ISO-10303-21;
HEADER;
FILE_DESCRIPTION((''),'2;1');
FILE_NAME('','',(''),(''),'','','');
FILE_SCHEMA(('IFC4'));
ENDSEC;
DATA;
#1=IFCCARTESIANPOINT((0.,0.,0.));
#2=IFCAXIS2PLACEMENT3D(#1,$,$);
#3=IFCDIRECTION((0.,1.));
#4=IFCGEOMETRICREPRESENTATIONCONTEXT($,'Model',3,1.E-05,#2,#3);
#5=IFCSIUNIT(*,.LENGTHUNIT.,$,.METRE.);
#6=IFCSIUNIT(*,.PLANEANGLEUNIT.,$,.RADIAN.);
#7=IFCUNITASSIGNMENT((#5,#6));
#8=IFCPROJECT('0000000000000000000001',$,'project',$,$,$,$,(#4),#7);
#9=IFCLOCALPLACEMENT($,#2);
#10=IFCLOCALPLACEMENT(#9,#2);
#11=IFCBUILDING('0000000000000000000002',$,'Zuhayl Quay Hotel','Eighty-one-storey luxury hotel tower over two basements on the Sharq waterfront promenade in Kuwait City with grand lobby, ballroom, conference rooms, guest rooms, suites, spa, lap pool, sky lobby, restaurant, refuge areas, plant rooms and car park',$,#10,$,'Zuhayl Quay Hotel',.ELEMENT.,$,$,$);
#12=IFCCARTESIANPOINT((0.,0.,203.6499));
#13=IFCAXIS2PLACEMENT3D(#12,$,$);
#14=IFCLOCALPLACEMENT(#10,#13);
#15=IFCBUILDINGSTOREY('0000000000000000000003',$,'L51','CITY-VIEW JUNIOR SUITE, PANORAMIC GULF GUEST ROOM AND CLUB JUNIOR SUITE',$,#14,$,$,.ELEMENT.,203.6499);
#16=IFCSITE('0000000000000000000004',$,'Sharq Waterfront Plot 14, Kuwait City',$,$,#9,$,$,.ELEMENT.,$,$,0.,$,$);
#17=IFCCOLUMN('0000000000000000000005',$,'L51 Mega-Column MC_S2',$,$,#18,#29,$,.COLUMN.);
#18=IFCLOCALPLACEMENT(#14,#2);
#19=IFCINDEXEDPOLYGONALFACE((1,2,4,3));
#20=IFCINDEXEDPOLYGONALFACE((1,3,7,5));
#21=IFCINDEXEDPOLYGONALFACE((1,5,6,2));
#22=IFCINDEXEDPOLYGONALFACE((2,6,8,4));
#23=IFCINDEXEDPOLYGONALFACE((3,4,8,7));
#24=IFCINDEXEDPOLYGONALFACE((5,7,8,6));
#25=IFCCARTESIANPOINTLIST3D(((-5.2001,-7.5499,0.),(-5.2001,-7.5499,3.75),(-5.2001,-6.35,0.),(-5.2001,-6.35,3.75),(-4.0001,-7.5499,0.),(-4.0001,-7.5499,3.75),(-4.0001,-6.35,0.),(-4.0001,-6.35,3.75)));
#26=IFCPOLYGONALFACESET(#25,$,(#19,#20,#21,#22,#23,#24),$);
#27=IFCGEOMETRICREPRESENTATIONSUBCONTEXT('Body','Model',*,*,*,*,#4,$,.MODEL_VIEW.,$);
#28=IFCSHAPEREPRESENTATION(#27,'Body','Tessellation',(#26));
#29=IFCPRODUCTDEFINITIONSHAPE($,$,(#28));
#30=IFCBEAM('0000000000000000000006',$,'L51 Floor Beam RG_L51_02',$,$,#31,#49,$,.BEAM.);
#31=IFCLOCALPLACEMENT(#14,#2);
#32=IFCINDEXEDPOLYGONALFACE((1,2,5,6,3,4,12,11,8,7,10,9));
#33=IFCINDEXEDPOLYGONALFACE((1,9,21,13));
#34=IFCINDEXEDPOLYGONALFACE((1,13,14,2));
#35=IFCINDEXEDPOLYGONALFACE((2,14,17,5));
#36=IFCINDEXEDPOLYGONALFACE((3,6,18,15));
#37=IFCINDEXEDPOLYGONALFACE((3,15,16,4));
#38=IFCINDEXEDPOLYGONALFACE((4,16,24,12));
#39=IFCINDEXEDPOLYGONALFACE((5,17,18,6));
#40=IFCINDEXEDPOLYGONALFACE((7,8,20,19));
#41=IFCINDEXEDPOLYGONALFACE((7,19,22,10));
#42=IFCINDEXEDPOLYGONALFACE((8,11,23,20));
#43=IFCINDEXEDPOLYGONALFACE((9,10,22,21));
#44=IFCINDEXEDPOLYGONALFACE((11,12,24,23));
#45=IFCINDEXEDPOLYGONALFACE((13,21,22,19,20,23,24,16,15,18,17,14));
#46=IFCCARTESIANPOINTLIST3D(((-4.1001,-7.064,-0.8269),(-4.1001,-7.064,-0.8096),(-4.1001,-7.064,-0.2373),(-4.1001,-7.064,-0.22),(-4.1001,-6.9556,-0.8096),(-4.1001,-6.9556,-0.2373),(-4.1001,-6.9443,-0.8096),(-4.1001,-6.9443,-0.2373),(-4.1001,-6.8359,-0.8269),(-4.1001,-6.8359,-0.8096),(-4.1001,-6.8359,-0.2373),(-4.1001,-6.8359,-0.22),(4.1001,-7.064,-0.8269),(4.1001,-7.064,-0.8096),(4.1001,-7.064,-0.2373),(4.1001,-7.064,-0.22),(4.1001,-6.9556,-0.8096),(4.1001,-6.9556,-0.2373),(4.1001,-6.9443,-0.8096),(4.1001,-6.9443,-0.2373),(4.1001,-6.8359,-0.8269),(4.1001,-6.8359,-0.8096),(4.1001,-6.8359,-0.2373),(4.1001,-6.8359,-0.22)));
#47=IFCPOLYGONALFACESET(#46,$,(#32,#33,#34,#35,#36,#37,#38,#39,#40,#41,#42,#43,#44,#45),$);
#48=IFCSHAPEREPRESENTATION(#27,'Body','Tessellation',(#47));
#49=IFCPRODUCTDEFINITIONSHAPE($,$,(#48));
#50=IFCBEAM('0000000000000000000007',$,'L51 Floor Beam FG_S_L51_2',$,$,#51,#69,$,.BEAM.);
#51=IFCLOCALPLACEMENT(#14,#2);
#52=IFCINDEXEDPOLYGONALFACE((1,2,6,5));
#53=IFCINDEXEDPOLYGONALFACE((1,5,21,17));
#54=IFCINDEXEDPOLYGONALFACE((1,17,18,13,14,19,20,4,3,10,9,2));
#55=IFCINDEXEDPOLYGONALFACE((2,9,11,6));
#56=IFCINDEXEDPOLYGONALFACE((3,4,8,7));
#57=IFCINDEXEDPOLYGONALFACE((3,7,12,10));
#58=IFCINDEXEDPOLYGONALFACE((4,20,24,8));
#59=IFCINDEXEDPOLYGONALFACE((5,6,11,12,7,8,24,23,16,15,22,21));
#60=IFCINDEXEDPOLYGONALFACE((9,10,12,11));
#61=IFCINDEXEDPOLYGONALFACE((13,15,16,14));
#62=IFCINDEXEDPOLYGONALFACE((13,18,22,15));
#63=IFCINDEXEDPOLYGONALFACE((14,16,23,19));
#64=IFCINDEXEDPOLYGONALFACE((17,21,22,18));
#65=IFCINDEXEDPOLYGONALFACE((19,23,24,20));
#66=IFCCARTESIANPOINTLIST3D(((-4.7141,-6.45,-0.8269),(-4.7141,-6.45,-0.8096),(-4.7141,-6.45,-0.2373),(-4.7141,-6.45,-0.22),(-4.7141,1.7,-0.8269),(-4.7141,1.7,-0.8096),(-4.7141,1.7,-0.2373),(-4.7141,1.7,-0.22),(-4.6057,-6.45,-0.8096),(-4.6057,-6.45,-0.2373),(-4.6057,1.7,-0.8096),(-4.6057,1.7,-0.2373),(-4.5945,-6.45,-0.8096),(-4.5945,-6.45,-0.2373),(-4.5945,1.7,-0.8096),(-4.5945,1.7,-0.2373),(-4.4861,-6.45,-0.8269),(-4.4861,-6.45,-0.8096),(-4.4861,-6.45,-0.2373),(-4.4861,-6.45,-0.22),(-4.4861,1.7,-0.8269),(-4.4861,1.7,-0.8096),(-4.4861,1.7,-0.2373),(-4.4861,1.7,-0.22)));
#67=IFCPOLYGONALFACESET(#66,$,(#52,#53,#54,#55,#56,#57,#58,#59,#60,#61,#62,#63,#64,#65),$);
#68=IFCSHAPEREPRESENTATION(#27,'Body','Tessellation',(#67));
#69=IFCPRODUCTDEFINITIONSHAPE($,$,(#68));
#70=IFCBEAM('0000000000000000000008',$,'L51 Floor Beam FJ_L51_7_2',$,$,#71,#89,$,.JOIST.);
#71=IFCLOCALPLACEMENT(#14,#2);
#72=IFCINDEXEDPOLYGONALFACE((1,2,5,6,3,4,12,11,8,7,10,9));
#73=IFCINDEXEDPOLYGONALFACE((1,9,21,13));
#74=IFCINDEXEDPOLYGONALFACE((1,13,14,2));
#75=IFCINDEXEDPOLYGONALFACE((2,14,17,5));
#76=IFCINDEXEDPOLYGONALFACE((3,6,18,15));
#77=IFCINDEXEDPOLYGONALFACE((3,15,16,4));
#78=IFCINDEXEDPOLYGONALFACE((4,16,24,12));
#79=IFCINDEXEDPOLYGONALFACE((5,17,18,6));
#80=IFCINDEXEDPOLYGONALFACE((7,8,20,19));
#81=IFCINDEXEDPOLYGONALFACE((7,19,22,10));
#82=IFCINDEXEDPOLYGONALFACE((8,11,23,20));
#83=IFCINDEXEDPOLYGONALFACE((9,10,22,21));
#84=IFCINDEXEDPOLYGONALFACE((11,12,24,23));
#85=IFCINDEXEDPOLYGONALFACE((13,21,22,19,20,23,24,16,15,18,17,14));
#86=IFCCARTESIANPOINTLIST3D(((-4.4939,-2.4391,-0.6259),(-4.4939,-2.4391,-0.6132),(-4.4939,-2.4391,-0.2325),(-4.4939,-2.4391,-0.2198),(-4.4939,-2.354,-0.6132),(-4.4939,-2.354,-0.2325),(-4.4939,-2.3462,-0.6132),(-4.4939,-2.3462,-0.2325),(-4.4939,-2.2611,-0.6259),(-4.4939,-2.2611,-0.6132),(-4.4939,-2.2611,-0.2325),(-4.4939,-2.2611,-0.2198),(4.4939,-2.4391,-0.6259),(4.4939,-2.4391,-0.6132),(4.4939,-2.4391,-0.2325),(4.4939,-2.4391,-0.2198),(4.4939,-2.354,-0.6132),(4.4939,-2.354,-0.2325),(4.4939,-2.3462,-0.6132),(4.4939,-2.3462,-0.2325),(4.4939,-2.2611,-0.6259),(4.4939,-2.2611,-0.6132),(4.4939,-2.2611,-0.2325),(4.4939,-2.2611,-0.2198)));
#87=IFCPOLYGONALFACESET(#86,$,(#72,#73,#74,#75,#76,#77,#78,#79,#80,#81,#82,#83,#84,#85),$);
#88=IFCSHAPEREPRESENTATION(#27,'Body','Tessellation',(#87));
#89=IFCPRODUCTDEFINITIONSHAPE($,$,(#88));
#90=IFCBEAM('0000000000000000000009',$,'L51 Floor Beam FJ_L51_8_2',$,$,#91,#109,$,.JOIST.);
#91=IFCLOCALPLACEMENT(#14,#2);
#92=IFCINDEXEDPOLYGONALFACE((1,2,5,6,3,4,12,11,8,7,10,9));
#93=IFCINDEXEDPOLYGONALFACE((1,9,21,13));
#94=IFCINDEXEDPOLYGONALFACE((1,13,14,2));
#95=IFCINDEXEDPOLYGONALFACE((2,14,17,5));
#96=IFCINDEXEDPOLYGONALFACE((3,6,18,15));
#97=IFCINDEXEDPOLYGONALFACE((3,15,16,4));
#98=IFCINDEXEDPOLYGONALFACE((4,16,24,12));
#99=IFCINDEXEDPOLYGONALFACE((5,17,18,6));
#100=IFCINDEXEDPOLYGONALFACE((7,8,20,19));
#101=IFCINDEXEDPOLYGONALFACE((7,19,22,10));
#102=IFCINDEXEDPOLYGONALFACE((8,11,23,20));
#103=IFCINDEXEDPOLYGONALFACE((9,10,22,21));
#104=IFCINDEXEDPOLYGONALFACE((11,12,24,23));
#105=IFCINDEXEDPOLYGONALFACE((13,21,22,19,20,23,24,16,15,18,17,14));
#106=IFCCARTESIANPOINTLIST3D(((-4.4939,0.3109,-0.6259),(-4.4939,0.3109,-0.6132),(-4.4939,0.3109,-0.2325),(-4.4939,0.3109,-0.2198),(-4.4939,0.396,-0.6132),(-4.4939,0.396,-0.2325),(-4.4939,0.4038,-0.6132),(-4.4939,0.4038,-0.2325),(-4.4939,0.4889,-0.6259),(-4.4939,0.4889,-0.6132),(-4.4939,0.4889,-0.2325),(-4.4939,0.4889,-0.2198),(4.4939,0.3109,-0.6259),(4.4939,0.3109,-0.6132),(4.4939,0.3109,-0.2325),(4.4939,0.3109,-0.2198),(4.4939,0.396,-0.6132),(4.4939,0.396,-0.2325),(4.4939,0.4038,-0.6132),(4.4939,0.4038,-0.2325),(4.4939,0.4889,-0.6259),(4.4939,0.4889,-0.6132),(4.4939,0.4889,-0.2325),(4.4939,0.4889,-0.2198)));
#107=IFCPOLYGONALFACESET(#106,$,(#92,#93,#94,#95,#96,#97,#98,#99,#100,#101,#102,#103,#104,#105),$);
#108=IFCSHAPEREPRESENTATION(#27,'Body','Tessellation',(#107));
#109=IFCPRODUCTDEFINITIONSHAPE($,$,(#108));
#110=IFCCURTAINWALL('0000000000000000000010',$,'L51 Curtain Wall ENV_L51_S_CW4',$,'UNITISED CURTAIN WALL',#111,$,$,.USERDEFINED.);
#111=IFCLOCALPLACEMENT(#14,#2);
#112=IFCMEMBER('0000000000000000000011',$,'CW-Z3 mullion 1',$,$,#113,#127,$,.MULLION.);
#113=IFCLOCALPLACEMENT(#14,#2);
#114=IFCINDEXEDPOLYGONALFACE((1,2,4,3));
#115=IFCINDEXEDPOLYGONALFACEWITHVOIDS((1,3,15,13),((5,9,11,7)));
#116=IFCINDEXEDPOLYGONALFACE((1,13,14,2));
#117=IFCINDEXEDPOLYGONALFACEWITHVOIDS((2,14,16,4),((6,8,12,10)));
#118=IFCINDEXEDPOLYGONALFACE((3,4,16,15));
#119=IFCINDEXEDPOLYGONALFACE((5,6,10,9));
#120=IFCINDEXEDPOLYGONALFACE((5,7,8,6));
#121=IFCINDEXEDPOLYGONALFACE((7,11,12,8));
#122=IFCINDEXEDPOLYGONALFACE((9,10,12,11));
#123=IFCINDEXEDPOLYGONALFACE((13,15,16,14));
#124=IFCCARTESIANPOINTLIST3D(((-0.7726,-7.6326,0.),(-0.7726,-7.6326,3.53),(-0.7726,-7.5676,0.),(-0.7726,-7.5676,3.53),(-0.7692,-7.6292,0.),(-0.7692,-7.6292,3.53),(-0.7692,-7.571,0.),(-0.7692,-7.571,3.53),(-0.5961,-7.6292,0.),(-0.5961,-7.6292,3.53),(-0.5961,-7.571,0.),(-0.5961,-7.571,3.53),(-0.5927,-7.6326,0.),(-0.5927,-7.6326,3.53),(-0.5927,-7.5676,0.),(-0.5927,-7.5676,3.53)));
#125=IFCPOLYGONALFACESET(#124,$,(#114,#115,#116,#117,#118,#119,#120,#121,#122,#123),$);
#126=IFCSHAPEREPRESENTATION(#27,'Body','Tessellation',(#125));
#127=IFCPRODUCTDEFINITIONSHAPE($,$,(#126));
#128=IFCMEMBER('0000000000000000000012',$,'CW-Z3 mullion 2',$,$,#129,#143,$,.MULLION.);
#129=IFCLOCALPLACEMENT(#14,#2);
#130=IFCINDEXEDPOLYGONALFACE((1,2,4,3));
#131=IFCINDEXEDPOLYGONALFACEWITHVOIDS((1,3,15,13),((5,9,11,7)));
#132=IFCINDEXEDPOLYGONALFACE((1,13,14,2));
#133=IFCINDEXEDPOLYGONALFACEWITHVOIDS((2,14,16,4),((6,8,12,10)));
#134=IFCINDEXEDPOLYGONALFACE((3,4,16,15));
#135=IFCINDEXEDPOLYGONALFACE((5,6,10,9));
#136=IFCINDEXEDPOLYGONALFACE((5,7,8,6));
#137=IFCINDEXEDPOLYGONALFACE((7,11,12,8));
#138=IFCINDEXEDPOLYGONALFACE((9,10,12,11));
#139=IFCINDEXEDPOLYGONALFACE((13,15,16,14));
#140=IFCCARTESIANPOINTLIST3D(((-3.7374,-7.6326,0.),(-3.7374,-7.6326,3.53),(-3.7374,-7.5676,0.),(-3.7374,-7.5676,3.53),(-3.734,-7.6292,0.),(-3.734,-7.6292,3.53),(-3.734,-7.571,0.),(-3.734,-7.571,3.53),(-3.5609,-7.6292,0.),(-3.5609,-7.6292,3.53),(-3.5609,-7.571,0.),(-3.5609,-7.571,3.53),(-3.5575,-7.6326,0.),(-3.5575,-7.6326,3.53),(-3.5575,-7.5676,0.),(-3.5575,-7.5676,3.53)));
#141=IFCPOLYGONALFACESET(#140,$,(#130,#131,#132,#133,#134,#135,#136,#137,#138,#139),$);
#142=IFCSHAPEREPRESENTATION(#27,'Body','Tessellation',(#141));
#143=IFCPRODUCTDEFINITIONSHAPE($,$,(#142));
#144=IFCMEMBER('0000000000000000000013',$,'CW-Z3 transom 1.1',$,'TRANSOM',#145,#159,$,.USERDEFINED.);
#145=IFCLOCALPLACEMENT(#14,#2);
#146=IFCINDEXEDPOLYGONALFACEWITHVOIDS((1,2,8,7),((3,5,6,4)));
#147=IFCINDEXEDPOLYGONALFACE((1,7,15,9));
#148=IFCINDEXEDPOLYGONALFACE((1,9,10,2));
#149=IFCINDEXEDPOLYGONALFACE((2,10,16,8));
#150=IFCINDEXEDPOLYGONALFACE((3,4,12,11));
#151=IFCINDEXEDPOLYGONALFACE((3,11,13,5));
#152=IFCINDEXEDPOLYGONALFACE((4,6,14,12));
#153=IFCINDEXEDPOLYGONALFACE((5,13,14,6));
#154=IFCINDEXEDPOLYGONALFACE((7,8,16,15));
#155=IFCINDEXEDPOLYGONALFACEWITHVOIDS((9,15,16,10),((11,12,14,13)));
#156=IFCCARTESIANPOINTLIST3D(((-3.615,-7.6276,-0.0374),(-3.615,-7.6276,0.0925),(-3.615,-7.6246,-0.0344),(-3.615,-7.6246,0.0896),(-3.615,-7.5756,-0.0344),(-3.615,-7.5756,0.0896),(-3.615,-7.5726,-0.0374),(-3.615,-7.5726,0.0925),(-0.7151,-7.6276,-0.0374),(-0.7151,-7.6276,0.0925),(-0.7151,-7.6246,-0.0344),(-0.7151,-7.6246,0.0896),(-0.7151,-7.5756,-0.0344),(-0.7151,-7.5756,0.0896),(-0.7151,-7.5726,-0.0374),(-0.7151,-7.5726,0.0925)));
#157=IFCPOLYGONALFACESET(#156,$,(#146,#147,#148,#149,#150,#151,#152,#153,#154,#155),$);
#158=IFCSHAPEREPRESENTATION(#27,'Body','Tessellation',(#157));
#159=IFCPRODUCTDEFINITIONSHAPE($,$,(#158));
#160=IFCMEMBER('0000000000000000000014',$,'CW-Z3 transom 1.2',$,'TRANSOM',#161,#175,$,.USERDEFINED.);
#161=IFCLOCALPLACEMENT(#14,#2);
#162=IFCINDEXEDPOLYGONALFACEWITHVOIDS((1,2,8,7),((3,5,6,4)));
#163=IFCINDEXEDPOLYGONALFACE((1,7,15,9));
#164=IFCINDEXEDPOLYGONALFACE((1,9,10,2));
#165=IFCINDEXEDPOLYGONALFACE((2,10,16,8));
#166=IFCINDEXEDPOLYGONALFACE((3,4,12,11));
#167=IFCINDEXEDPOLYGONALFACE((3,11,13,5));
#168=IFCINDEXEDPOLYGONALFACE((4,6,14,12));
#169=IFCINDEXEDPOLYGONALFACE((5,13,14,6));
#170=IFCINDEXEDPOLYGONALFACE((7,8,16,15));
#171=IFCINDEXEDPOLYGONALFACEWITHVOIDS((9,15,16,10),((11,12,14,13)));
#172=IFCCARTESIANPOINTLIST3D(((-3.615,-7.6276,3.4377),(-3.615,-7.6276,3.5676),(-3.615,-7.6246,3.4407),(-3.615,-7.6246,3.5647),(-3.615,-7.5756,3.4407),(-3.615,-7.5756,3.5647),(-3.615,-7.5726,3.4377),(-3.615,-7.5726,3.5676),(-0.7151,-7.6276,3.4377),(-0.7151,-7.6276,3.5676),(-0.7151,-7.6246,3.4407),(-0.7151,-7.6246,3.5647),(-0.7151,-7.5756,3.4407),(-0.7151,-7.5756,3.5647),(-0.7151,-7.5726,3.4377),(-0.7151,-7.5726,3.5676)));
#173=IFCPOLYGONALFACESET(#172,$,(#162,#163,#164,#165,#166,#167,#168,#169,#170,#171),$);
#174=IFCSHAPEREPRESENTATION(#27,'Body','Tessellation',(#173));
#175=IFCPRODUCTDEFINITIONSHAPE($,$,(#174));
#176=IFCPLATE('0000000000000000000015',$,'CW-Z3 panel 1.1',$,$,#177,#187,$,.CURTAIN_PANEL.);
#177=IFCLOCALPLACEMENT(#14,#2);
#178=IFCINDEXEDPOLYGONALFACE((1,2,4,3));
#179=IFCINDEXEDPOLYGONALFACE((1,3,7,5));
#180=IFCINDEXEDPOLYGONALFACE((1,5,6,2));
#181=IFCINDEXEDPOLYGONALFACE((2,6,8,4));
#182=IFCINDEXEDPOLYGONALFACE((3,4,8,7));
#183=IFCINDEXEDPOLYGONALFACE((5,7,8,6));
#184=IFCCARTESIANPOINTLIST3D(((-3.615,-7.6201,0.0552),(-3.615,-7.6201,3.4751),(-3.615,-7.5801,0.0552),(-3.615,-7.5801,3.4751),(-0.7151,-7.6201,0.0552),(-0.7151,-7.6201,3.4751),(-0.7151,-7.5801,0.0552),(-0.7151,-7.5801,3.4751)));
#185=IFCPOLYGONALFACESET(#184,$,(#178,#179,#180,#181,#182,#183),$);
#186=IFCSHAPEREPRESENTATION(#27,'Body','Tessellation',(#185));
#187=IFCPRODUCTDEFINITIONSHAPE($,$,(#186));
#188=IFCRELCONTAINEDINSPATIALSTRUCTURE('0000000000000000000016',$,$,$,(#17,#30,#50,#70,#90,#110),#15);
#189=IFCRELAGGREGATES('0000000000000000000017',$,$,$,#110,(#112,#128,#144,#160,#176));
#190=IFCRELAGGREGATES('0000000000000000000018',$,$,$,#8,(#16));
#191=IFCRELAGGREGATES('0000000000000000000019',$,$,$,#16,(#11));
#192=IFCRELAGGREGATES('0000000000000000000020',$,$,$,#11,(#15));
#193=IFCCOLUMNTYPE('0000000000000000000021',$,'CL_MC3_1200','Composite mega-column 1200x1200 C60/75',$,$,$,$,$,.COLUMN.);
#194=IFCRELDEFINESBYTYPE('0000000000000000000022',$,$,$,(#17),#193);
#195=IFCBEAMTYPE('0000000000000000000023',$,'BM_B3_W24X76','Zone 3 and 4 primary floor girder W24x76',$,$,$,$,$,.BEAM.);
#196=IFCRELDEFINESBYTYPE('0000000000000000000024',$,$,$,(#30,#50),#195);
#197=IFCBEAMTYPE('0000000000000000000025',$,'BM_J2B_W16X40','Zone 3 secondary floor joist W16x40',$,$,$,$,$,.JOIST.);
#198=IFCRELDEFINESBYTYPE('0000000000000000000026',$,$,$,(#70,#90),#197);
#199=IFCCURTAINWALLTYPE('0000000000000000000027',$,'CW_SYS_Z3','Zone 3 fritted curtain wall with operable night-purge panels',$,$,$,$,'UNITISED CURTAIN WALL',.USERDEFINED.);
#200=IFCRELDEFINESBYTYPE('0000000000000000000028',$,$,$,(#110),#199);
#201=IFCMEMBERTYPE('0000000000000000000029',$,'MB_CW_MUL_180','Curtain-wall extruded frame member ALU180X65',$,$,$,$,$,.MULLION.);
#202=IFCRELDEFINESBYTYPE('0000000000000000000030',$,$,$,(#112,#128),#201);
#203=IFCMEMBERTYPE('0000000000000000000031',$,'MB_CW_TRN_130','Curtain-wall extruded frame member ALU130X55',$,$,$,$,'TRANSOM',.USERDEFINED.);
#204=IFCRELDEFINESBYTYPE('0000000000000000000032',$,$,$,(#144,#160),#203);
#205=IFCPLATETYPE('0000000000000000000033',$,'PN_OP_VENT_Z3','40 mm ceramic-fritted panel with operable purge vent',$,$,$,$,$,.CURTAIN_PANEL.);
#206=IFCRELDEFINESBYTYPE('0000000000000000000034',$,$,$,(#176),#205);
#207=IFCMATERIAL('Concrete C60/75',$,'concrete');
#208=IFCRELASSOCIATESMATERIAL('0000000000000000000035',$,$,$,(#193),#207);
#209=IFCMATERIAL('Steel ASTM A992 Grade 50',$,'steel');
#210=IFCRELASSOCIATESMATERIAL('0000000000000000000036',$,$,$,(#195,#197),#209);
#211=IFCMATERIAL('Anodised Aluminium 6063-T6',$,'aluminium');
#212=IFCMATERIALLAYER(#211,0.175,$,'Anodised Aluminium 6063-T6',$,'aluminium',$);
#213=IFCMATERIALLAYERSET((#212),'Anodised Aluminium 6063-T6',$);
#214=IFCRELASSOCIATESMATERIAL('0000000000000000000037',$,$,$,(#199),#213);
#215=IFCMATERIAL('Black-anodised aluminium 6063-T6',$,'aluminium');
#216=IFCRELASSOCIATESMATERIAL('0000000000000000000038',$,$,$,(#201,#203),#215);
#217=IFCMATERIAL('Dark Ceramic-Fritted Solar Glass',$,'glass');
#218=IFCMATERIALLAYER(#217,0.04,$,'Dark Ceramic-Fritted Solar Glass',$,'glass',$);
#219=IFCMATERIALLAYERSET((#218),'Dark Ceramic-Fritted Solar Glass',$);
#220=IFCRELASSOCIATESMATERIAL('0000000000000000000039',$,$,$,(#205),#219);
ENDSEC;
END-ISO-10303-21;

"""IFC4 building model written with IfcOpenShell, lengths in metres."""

from ifc_helpers import new_model, si_unit, direction, frame, origin, origin_2d, place, context, subcontext, project, spatial, rectangle, hollow_rectangle, i_section, extrude, material, layer, layer_set, material_profile, profile_set, type_object, element, aggregate, save


model = new_model("IFC4")

# Units and contexts
model_context = context("Model", 3, precision=1e-05, world=origin(), true_north=direction((0.0, 1.0)))
body_context = subcontext(model_context, "Body", "Model", "MODEL_VIEW")
ifc_project = project(units=[si_unit("LENGTHUNIT", "METRE"), si_unit("PLANEANGLEUNIT", "RADIAN")], contexts=[model_context])

# Site, building, storey
site_placement = place(None, origin())
site = spatial("IfcSite", under=ifc_project, at=site_placement, Name="Sharq Waterfront Plot 14, Kuwait City", CompositionType="ELEMENT", RefElevation=0.0)
building_placement = place(site_placement, origin())
building = spatial("IfcBuilding", under=site, at=building_placement, Name="Zuhayl Quay Hotel", Description="Eighty-one-storey luxury hotel tower over two basements on the Sharq waterfront promenade in Kuwait City with grand lobby, ballroom, conference rooms, guest rooms, suites, spa, lap pool, sky lobby, restaurant, refuge areas, plant rooms and car park", LongName="Zuhayl Quay Hotel", CompositionType="ELEMENT")
storey_placement = place(building_placement, frame((0.0, 0.0, 203.6499)))
storey = spatial("IfcBuildingStorey", under=building, at=storey_placement, Name="L51", Description="CITY-VIEW JUNIOR SUITE, PANORAMIC GULF GUEST ROOM AND CLUB JUNIOR SUITE", CompositionType="ELEMENT", Elevation=203.6499)

# Column
ifc_material_1 = material(Name="Concrete C60/75", Category="concrete")
ifc_material_profile_1 = material_profile(ifc_material_1, rectangle(XDim=1.2, YDim=1.2, at=origin_2d()), Name="RC1200X1200")
ifc_profile_set_1 = profile_set([ifc_material_profile_1], Name="Concrete C60/75")
column_type = type_object("IfcColumnType", Name="CL_MC3_1200", Description="Composite mega-column 1200x1200 C60/75", PredefinedType="COLUMN", material=ifc_profile_set_1)
column_placement = place(storey_placement, frame((-4.6001, -6.95, 0.0), z_axis=(0.0, 0.0, 1.0), x_axis=(1.0, 0.0, 0.0)))
element("IfcColumn", 1, at=column_placement, inside=storey, type_object=column_type, Name="L51 Mega-Column MC_S2", PredefinedType="COLUMN", context=body_context, shape_type="SweptSolid", body=[
    extrude(rectangle(XDim=1.2, YDim=1.2, at=origin_2d()), origin(), (0.0, 0.0, 1.0), 3.75),
])

# Beams
ifc_material_2 = material(Name="Steel ASTM A992 Grade 50", Category="steel")
ifc_material_profile_2 = material_profile(ifc_material_2, i_section(OverallWidth=0.228, OverallDepth=0.6069, WebThickness=0.0112, FlangeThickness=0.0173, at=origin_2d()), Name="W24X76")
ifc_profile_set_2 = profile_set([ifc_material_profile_2], Name="Steel ASTM A992 Grade 50")
beam_type_1 = type_object("IfcBeamType", Name="BM_B3_W24X76", Description="Zone 3 and 4 primary floor girder W24x76", PredefinedType="BEAM", material=ifc_profile_set_2)
beam_1_placement = place(storey_placement, frame((-4.1001, -6.95, -0.5234), z_axis=(1.0, 0.0, 0.0), x_axis=(0.0, 1.0, 0.0)))
element("IfcBeam", 2, at=beam_1_placement, inside=storey, type_object=beam_type_1, Name="L51 Floor Beam RG_L51_02", PredefinedType="BEAM", context=body_context, shape_type="SweptSolid", body=[
    extrude(i_section(OverallWidth=0.228, OverallDepth=0.6069, WebThickness=0.0112, FlangeThickness=0.0173, at=origin_2d()), origin(), (0.0, 0.0, 1.0), 8.2002),
])
beam_2_placement = place(storey_placement, frame((-4.6001, -6.45, -0.5234), z_axis=(0.0, 1.0, 0.0), x_axis=(-1.0, 0.0, 0.0)))
element("IfcBeam", 3, at=beam_2_placement, inside=storey, type_object=beam_type_1, Name="L51 Floor Beam FG_S_L51_2", PredefinedType="BEAM", context=body_context, shape_type="SweptSolid", body=[
    extrude(i_section(OverallWidth=0.228, OverallDepth=0.6069, WebThickness=0.0112, FlangeThickness=0.0173, at=origin_2d()), origin(), (0.0, 0.0, 1.0), 8.1499),
])
ifc_material_profile_3 = material_profile(ifc_material_2, i_section(OverallWidth=0.178, OverallDepth=0.406, WebThickness=0.0078, FlangeThickness=0.0127, at=origin_2d()), Name="W16X40")
ifc_profile_set_3 = profile_set([ifc_material_profile_3], Name="Steel ASTM A992 Grade 50")
beam_type_2 = type_object("IfcBeamType", Name="BM_J2B_W16X40", Description="Zone 3 secondary floor joist W16x40", PredefinedType="JOIST", material=ifc_profile_set_3)
for number, where, z_axis, x_axis, name in (
    (4, (-4.4939, -2.3501, -0.4229), (1.0, 0.0, 0.0), (0.0, 1.0, 0.0), "L51 Floor Beam FJ_L51_7_2"),
    (5, (-4.4939, 0.3999, -0.4229), (1.0, 0.0, 0.0), (0.0, 1.0, 0.0), "L51 Floor Beam FJ_L51_8_2"),
):
    element("IfcBeam", number, at=place(storey_placement, frame(where, z_axis=z_axis, x_axis=x_axis)), inside=storey, type_object=beam_type_2, Name=name, PredefinedType="JOIST", context=body_context, shape_type="SweptSolid", body=[
        extrude(i_section(OverallWidth=0.178, OverallDepth=0.406, WebThickness=0.0078, FlangeThickness=0.0127, at=origin_2d()), origin(), (0.0, 0.0, 1.0), 8.9878),
    ])

# Curtain wall, members, plate
ifc_material_3 = material(Name="Anodised Aluminium 6063-T6", Category="aluminium")
ifc_layer_1 = layer(ifc_material_3, 0.175, Name="Anodised Aluminium 6063-T6", Category="aluminium")
ifc_layer_set_1 = layer_set([ifc_layer_1], Name="Anodised Aluminium 6063-T6")
curtain_wall_type = type_object("IfcCurtainWallType", Name="CW_SYS_Z3", Description="Zone 3 fritted curtain wall with operable night-purge panels", ElementType="UNITISED CURTAIN WALL", PredefinedType="USERDEFINED", material=ifc_layer_set_1)
curtain_wall_placement = place(storey_placement, origin())
curtain_wall = element("IfcCurtainWall", 6, at=curtain_wall_placement, inside=storey, type_object=curtain_wall_type, Name="L51 Curtain Wall ENV_L51_S_CW4", ObjectType="UNITISED CURTAIN WALL", PredefinedType="USERDEFINED")
ifc_material_4 = material(Name="Black-anodised aluminium 6063-T6", Category="aluminium")
ifc_material_profile_4 = material_profile(ifc_material_4, hollow_rectangle(XDim=0.0649, YDim=0.1799, WallThickness=0.0034, at=origin_2d()), Name="ALU180X65")
ifc_profile_set_4 = profile_set([ifc_material_profile_4], Name="Black-anodised aluminium 6063-T6")
member_type_1 = type_object("IfcMemberType", Name="MB_CW_MUL_180", Description="Curtain-wall extruded frame member ALU180X65", PredefinedType="MULLION", material=ifc_profile_set_4)
member_1_placement = place(storey_placement, frame((-0.6826, -7.6001, 0.0), z_axis=(0.0, 0.0, 1.0), x_axis=(0.0, -1.0, 0.0)))
member_1 = element("IfcMember", 7, at=member_1_placement, type_object=member_type_1, Name="CW-Z3 mullion 1", PredefinedType="MULLION", context=body_context, shape_type="SweptSolid", body=[
    extrude(hollow_rectangle(XDim=0.0649, YDim=0.1799, WallThickness=0.0034, at=origin_2d()), origin(), (0.0, 0.0, 1.0), 3.53),
])
member_2_placement = place(storey_placement, frame((-3.6475, -7.6001, 0.0), z_axis=(0.0, 0.0, 1.0), x_axis=(0.0, -1.0, 0.0)))
member_2 = element("IfcMember", 8, at=member_2_placement, type_object=member_type_1, Name="CW-Z3 mullion 2", PredefinedType="MULLION", context=body_context, shape_type="SweptSolid", body=[
    extrude(hollow_rectangle(XDim=0.0649, YDim=0.1799, WallThickness=0.0034, at=origin_2d()), origin(), (0.0, 0.0, 1.0), 3.53),
])
ifc_material_profile_5 = material_profile(ifc_material_4, hollow_rectangle(XDim=0.0549, YDim=0.1299, WallThickness=0.0029, at=origin_2d()), Name="ALU130X55")
ifc_profile_set_5 = profile_set([ifc_material_profile_5], Name="Black-anodised aluminium 6063-T6")
member_type_2 = type_object("IfcMemberType", Name="MB_CW_TRN_130", Description="Curtain-wall extruded frame member ALU130X55", ElementType="TRANSOM", PredefinedType="USERDEFINED", material=ifc_profile_set_5)
member_3_placement = place(storey_placement, frame((-0.7151, -7.6001, 0.0276), z_axis=(-1.0, 0.0, 0.0), x_axis=(0.0, -1.0, 0.0)))
member_3 = element("IfcMember", 9, at=member_3_placement, type_object=member_type_2, Name="CW-Z3 transom 1.1", ObjectType="TRANSOM", PredefinedType="USERDEFINED", context=body_context, shape_type="SweptSolid", body=[
    extrude(hollow_rectangle(XDim=0.0549, YDim=0.1299, WallThickness=0.0029, at=origin_2d()), origin(), (0.0, 0.0, 1.0), 2.8999),
])
member_4_placement = place(storey_placement, frame((-0.7151, -7.6001, 3.5027), z_axis=(-1.0, 0.0, 0.0), x_axis=(0.0, -1.0, 0.0)))
member_4 = element("IfcMember", 10, at=member_4_placement, type_object=member_type_2, Name="CW-Z3 transom 1.2", ObjectType="TRANSOM", PredefinedType="USERDEFINED", context=body_context, shape_type="SweptSolid", body=[
    extrude(hollow_rectangle(XDim=0.0549, YDim=0.1299, WallThickness=0.0029, at=origin_2d()), origin(), (0.0, 0.0, 1.0), 2.8999),
])
ifc_material_5 = material(Name="Dark Ceramic-Fritted Solar Glass", Category="glass")
ifc_layer_2 = layer(ifc_material_5, 0.04, Name="Dark Ceramic-Fritted Solar Glass", Category="glass")
ifc_layer_set_2 = layer_set([ifc_layer_2], Name="Dark Ceramic-Fritted Solar Glass")
plate_type = type_object("IfcPlateType", Name="PN_OP_VENT_Z3", Description="40 mm ceramic-fritted panel with operable purge vent", PredefinedType="CURTAIN_PANEL", material=ifc_layer_set_2)
plate_placement = place(storey_placement, frame((-2.165, -7.6001, 0.0552), z_axis=(0.0, 0.0, 1.0), x_axis=(-1.0, 0.0, 0.0)))
plate = element("IfcPlate", 11, at=plate_placement, type_object=plate_type, Name="CW-Z3 panel 1.1", PredefinedType="CURTAIN_PANEL", context=body_context, shape_type="SweptSolid", body=[
    extrude(rectangle(XDim=2.8999, YDim=0.04, at=origin_2d()), origin(), (0.0, 0.0, 1.0), 3.4199),
])
aggregate(curtain_wall, [member_1, member_2, member_3, member_4, plate])

save(model, "model.ifc")
